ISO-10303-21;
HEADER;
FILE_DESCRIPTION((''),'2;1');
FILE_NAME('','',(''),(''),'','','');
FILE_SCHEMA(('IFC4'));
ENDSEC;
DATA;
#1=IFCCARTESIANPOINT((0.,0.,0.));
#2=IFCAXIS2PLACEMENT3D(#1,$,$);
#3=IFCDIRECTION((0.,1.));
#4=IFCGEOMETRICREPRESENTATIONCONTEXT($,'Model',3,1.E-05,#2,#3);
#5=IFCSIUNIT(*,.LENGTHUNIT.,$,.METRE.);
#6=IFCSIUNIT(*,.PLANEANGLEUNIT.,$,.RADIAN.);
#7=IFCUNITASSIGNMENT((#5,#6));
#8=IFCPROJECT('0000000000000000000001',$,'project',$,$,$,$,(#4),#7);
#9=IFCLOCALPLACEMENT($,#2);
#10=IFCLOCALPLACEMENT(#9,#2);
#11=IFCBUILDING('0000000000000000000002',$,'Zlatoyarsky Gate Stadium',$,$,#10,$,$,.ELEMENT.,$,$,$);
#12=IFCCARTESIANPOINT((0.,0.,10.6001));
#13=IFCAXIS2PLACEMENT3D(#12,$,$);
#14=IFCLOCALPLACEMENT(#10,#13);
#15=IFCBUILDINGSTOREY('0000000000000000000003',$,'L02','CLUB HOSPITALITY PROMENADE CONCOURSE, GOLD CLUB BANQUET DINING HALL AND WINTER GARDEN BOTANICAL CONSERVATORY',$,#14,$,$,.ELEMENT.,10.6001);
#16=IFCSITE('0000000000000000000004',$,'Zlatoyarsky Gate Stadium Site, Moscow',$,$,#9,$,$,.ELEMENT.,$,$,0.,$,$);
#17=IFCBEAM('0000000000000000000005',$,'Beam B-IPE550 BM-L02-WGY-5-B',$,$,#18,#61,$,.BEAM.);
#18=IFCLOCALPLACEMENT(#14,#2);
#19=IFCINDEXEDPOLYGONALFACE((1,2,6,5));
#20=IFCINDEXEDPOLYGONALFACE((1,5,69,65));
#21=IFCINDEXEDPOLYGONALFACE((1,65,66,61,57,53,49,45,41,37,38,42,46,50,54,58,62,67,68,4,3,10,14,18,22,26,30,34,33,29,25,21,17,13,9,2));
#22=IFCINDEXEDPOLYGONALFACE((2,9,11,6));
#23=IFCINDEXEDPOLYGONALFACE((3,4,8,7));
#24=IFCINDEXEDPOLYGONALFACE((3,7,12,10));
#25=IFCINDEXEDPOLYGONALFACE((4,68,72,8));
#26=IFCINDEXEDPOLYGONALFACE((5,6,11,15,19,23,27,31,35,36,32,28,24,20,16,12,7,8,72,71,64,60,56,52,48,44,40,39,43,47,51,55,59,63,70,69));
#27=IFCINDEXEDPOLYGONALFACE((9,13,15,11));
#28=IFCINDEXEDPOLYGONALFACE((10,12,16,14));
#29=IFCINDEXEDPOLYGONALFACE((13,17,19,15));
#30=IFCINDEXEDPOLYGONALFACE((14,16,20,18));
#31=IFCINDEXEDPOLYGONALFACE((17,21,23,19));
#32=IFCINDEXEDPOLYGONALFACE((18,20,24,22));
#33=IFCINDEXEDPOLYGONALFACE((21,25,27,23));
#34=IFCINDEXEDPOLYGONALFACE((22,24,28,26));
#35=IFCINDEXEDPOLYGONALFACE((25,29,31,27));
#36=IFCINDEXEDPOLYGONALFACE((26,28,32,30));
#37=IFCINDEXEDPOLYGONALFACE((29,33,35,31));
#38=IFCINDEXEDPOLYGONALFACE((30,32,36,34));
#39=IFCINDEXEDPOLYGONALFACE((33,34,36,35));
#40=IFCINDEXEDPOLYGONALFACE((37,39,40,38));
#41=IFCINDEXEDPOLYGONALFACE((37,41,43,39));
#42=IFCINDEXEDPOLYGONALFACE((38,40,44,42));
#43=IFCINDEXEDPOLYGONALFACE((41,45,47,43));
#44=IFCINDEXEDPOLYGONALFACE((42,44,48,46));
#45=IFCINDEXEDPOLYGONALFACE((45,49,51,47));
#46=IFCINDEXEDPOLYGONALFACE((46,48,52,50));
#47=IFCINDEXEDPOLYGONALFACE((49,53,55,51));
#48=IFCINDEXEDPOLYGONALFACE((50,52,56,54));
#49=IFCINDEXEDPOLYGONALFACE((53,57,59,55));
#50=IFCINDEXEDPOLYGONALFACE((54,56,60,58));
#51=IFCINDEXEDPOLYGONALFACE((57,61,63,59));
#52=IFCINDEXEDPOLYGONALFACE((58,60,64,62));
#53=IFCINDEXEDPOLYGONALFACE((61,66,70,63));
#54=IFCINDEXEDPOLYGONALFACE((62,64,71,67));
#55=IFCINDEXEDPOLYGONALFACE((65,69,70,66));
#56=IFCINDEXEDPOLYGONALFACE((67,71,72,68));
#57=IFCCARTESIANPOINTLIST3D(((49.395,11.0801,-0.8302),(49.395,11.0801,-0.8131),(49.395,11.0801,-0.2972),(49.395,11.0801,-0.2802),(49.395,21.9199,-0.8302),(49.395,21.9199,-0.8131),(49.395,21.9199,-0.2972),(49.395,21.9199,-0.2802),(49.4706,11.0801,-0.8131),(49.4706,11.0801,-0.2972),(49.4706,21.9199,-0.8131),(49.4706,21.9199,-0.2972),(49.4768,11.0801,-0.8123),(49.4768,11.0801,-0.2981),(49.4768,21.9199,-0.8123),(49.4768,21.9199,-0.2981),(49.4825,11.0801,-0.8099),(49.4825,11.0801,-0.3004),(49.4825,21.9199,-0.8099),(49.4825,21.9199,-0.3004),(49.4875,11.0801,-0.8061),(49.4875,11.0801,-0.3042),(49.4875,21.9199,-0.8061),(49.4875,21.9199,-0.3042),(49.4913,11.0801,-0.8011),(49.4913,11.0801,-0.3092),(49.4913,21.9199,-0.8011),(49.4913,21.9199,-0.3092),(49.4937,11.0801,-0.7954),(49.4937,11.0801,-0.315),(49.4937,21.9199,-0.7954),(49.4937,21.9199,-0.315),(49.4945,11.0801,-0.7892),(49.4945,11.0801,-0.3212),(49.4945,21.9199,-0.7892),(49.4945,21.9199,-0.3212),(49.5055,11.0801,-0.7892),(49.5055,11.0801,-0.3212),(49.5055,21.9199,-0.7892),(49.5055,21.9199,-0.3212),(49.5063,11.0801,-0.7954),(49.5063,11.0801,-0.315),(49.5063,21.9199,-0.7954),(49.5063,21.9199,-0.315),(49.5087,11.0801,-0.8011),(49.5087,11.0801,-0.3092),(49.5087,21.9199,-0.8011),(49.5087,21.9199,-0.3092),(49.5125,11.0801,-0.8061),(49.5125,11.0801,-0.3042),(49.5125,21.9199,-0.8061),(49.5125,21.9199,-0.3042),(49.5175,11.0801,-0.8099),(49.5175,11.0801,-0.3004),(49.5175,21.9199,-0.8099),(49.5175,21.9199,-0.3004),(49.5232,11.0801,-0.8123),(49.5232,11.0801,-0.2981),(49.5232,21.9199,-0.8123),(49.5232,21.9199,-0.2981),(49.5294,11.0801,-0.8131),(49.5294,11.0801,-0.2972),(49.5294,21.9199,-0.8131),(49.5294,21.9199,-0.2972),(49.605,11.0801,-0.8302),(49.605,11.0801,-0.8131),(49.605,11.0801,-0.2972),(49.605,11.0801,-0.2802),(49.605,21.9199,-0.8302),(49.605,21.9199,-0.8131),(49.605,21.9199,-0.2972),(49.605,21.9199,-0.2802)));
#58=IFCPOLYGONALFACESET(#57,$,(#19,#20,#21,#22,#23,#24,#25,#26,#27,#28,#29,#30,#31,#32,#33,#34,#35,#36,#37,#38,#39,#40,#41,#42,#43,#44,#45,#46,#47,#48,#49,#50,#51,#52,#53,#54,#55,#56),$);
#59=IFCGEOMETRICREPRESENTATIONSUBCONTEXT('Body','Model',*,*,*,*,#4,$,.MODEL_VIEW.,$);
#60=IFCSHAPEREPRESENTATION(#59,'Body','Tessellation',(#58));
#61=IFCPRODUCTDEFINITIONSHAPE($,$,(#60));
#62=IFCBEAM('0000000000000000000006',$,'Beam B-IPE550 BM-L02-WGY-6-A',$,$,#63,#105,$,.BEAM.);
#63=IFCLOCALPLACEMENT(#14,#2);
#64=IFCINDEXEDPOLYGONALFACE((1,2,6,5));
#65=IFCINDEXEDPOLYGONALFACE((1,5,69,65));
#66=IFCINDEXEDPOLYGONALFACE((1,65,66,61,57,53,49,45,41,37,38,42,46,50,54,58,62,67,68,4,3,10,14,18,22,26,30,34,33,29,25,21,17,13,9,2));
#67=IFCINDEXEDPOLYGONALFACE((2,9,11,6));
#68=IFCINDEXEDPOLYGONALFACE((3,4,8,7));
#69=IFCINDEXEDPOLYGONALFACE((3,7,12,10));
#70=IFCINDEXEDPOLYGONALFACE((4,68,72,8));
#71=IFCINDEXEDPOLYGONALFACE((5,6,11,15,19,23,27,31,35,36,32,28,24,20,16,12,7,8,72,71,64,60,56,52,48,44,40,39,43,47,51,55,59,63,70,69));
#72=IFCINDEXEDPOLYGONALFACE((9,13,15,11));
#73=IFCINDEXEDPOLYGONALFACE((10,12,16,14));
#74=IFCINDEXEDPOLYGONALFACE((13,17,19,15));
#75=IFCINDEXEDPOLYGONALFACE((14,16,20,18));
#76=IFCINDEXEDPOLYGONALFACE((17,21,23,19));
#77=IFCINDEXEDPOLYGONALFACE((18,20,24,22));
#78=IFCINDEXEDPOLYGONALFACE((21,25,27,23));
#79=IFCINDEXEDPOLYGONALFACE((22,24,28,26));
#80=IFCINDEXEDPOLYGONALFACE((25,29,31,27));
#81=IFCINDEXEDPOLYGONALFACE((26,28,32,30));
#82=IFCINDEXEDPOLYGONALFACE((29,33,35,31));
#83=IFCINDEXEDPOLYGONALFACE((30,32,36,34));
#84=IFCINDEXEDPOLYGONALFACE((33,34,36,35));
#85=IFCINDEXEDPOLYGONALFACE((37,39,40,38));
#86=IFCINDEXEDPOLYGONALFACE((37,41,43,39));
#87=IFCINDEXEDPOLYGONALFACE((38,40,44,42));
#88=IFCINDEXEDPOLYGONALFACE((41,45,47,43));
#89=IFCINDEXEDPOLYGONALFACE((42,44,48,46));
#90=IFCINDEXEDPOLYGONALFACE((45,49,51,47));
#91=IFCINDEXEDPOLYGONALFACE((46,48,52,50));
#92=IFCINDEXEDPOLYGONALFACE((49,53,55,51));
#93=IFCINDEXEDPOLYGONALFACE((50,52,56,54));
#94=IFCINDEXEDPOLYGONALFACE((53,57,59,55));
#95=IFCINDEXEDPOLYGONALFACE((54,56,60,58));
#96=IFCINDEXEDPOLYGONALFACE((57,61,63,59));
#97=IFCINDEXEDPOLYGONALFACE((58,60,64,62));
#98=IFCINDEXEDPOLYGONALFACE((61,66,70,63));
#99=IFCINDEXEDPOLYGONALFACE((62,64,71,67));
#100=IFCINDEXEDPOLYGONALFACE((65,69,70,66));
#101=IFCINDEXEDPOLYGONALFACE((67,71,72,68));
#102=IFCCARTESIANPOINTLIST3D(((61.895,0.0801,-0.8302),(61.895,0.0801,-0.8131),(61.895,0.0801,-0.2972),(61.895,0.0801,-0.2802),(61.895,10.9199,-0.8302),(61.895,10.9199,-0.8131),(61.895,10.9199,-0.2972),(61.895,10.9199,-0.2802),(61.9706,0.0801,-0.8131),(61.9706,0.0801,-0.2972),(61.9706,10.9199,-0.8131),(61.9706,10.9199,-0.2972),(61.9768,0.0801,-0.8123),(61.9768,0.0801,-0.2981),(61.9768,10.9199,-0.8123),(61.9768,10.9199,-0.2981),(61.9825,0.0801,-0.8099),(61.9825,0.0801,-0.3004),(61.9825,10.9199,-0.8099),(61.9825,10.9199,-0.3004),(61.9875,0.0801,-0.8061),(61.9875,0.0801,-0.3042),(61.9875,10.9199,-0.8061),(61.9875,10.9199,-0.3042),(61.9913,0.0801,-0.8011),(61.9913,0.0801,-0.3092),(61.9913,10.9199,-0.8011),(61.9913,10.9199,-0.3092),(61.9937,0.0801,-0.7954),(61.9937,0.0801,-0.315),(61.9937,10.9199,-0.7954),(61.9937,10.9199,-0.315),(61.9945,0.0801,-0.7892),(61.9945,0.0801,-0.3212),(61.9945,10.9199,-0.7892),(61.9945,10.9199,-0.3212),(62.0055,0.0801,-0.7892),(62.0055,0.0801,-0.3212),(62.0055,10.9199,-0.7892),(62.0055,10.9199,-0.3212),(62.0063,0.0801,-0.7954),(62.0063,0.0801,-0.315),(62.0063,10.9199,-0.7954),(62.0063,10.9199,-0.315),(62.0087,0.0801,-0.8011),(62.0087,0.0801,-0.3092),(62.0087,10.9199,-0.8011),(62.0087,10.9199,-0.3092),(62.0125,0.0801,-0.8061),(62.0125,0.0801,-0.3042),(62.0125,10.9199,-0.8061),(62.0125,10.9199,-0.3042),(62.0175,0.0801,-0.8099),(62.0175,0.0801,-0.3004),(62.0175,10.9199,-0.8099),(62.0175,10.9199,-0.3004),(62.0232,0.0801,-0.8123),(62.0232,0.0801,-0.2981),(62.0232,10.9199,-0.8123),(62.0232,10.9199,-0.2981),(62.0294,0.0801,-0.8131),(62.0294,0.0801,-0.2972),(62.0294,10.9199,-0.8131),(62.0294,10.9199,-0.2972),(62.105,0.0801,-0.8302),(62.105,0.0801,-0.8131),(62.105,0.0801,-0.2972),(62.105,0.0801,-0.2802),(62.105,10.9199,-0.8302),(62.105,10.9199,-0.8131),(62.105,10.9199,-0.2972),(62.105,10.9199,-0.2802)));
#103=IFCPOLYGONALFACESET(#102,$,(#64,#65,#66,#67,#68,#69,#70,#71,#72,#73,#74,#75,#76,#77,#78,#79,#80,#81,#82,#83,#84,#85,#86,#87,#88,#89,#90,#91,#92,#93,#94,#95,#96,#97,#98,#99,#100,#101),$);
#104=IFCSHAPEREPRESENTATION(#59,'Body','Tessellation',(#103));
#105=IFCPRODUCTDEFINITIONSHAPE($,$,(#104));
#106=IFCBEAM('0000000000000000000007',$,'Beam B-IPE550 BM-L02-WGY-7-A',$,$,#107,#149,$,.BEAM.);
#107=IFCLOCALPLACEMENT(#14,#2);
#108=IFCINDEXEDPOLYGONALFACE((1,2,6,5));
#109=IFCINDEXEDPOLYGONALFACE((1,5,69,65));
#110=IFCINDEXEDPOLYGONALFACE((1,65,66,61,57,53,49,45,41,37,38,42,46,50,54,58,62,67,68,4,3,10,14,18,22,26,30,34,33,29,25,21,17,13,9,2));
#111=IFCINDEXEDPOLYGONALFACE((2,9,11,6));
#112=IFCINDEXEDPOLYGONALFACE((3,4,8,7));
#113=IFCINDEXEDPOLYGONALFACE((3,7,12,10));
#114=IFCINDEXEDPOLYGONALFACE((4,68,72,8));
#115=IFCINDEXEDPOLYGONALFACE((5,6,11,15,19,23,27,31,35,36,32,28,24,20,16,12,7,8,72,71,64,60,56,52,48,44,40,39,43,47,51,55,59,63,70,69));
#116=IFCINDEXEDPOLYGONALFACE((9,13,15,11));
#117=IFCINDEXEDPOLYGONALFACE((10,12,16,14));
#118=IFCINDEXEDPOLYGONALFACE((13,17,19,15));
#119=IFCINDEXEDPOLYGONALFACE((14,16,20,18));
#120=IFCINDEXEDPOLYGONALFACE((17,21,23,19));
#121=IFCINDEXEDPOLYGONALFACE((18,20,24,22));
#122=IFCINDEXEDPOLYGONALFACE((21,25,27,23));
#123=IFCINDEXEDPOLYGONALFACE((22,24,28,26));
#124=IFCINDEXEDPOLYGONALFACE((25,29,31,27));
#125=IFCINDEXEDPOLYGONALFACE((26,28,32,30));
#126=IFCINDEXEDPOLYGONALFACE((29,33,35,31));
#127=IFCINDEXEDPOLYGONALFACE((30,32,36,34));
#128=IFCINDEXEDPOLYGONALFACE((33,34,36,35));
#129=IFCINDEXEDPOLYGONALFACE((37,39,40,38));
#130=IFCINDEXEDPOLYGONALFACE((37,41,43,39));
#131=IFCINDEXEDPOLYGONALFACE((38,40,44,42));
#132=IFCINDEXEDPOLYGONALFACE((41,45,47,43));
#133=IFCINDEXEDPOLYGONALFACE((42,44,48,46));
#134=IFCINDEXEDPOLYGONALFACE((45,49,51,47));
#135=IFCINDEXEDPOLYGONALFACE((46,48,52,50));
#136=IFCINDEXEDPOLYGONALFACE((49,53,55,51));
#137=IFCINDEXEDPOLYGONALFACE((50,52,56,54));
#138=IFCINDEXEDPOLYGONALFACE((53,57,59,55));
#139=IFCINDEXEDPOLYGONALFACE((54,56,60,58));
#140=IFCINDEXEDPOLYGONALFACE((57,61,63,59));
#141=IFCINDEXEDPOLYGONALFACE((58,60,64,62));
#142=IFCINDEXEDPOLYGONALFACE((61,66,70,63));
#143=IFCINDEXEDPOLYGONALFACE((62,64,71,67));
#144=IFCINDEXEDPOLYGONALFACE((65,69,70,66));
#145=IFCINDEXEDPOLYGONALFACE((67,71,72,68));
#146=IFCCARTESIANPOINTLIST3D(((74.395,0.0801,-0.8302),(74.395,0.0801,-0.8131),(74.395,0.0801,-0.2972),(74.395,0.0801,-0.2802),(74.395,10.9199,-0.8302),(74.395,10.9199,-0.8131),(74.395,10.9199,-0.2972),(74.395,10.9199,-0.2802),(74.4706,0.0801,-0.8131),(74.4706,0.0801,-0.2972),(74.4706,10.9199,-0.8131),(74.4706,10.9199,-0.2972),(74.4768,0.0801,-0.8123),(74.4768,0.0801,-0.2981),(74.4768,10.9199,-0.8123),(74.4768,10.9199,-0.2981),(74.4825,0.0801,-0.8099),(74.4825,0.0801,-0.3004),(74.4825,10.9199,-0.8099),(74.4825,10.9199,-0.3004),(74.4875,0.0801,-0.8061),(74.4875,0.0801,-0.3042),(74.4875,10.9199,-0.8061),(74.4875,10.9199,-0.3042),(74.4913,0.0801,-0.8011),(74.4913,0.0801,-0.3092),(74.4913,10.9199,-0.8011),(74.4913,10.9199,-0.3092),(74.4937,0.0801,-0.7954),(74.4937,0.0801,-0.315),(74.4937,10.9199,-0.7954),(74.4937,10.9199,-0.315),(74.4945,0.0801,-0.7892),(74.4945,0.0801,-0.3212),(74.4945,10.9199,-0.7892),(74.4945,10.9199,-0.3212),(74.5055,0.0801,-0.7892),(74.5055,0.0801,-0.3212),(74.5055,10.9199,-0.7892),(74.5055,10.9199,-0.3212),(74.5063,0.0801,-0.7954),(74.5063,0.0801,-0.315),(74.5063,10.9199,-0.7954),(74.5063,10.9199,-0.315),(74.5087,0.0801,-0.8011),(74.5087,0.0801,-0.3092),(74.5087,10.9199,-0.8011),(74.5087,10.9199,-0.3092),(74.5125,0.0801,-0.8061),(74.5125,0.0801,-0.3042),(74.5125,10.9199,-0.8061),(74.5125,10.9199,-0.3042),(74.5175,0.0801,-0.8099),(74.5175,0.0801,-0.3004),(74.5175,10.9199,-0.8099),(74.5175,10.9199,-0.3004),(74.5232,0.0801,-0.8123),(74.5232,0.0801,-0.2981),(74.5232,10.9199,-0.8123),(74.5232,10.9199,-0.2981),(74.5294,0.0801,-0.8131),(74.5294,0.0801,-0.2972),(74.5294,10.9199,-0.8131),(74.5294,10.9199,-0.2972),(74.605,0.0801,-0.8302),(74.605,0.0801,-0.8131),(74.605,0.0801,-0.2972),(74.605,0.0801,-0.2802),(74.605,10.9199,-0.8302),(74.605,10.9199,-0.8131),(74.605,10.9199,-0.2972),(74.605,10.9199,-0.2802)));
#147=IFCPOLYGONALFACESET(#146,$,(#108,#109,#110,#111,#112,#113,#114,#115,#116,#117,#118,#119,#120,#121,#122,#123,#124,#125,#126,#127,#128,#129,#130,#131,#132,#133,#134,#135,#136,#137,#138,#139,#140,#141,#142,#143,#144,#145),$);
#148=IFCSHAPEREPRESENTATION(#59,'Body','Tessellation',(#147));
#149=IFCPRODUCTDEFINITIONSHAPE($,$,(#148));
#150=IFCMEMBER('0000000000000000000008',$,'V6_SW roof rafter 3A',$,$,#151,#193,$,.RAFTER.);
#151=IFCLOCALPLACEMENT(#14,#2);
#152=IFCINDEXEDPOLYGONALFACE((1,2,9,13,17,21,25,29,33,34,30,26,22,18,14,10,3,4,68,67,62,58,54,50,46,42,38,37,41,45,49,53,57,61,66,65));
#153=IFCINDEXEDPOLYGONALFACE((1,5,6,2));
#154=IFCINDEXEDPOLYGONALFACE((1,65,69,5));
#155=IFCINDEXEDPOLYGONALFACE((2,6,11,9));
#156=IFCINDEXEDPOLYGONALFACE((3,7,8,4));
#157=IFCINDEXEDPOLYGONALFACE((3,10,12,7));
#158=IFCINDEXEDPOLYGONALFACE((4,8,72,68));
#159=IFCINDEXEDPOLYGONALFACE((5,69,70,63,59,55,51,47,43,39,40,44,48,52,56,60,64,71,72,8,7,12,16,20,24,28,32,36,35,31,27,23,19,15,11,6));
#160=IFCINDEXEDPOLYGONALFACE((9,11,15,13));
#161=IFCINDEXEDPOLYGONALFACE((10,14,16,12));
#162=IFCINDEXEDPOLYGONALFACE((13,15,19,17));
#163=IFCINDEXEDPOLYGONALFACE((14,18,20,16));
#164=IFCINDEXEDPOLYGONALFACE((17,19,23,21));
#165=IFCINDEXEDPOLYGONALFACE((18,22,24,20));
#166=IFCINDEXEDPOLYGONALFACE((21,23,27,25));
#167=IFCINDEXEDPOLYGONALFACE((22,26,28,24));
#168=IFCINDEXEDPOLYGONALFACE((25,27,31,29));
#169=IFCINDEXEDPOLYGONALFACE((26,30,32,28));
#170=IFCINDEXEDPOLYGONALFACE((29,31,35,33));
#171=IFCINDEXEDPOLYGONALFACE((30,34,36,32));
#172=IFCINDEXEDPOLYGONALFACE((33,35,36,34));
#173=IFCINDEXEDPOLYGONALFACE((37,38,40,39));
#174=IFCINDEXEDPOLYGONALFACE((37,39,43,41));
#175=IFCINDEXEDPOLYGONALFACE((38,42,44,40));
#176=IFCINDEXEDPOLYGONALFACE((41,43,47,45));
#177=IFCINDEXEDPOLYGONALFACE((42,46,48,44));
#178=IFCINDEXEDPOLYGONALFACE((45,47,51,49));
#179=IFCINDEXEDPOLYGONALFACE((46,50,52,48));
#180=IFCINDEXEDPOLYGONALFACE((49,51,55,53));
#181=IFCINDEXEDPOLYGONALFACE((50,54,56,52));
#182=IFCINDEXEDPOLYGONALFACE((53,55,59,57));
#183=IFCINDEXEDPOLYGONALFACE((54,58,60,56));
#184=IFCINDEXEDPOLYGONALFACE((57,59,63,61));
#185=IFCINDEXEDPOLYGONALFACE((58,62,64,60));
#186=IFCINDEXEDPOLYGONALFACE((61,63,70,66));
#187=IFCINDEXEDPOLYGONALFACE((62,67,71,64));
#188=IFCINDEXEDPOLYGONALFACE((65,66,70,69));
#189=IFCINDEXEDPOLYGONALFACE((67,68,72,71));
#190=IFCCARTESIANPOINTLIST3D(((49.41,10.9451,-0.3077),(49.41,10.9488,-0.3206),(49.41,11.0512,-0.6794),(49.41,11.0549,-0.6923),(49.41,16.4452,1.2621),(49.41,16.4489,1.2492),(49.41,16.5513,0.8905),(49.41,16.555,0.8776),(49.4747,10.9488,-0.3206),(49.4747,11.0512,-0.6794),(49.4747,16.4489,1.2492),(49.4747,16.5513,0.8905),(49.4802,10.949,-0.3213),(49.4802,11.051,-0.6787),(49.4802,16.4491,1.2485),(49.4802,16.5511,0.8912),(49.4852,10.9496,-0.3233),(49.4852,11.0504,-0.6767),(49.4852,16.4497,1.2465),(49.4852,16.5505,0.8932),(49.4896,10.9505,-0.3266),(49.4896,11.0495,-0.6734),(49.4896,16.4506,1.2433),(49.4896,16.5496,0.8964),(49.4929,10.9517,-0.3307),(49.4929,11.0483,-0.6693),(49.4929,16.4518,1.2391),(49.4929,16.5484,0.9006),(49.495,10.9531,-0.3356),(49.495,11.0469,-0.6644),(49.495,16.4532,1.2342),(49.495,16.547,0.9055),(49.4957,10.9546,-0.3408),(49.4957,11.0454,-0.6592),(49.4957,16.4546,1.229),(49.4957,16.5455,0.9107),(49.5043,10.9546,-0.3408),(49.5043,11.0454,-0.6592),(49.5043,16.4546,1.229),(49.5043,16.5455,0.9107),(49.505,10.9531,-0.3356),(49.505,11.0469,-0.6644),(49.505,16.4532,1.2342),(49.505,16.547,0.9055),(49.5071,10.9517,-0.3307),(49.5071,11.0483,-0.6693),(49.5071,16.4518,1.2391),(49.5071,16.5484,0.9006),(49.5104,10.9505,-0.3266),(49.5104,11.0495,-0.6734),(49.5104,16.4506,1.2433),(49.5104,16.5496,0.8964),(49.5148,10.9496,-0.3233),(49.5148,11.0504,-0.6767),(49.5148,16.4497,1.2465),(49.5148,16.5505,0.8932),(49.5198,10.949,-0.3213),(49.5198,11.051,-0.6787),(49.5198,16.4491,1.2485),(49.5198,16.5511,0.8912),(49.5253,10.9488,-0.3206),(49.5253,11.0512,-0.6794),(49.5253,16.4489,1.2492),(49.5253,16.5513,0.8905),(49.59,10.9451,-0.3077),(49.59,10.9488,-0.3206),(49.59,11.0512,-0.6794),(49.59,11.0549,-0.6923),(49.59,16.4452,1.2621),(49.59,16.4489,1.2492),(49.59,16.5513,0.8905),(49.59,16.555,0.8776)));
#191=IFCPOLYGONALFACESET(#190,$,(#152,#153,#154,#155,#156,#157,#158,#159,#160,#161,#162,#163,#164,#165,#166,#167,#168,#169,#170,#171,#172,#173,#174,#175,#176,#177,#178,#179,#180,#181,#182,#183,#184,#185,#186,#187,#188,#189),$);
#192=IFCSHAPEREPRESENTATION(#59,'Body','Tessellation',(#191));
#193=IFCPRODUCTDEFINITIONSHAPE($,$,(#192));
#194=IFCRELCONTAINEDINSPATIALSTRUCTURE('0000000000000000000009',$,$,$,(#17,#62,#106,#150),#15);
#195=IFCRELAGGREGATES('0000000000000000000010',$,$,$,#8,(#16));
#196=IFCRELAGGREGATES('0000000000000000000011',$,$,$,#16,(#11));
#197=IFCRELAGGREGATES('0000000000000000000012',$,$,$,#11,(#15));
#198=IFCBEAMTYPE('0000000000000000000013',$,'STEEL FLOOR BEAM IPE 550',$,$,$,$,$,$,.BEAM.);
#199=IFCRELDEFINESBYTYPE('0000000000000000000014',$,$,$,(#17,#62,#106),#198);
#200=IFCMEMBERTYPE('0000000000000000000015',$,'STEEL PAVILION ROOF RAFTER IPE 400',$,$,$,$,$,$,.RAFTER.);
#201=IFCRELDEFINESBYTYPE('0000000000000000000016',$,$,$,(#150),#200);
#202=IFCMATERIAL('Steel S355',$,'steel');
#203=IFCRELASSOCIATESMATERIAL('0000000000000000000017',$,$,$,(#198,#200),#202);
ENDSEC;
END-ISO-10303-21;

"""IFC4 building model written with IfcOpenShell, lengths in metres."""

from ifc_helpers import new_model, si_unit, direction, frame, origin, origin_2d, place, context, subcontext, project, spatial, i_section, extrude, material, material_profile, profile_set, type_object, element, save


model = new_model("IFC4")

# Units and contexts
model_context = context("Model", 3, precision=1e-05, world=origin(), true_north=direction((0.0, 1.0)))
body_context = subcontext(model_context, "Body", "Model", "MODEL_VIEW")
ifc_project = project(units=[si_unit("LENGTHUNIT", "METRE"), si_unit("PLANEANGLEUNIT", "RADIAN")], contexts=[model_context])

# Site, building, storey
site_placement = place(None, origin())
site = spatial("IfcSite", under=ifc_project, at=site_placement, Name="Zlatoyarsky Gate Stadium Site, Moscow", CompositionType="ELEMENT", RefElevation=0.0)
building_placement = place(site_placement, origin())
building = spatial("IfcBuilding", under=site, at=building_placement, Name="Zlatoyarsky Gate Stadium", CompositionType="ELEMENT")
storey_placement = place(building_placement, frame((0.0, 0.0, 10.6001)))
storey = spatial("IfcBuildingStorey", under=building, at=storey_placement, Name="L02", Description="CLUB HOSPITALITY PROMENADE CONCOURSE, GOLD CLUB BANQUET DINING HALL AND WINTER GARDEN BOTANICAL CONSERVATORY", CompositionType="ELEMENT", Elevation=10.6001)

# Shared definitions
ifc_material_1 = material(Name="Steel S355", Category="steel")

# Beams
ifc_material_profile_1 = material_profile(ifc_material_1, i_section(OverallWidth=0.21, OverallDepth=0.55, WebThickness=0.011, FlangeThickness=0.0171, FilletRadius=0.0239, at=origin_2d()), Name="IPE 550")
ifc_profile_set_1 = profile_set([ifc_material_profile_1], Name="Steel S355")
beam_type_1 = type_object("IfcBeamType", Name="STEEL FLOOR BEAM IPE 550", PredefinedType="BEAM", material=ifc_profile_set_1)
for number, where, z_axis, x_axis, name in (
    (1, (49.5, 11.0801, -0.5552), (0.0, 1.0, 0.0), (-1.0, 0.0, 0.0), "Beam B-IPE550 BM-L02-WGY-5-B"),
    (2, (62.0, 0.0801, -0.5552), (0.0, 1.0, 0.0), (-1.0, 0.0, 0.0), "Beam B-IPE550 BM-L02-WGY-6-A"),
    (3, (74.5, 0.0801, -0.5552), (0.0, 1.0, 0.0), (-1.0, 0.0, 0.0), "Beam B-IPE550 BM-L02-WGY-7-A"),
):
    element("IfcBeam", number, at=place(storey_placement, frame(where, z_axis=z_axis, x_axis=x_axis)), inside=storey, type_object=beam_type_1, Name=name, PredefinedType="BEAM", context=body_context, shape_type="SweptSolid", body=[
        extrude(i_section(OverallWidth=0.21, OverallDepth=0.55, WebThickness=0.011, FlangeThickness=0.0171, FilletRadius=0.0239, at=origin_2d()), origin(), (0.0, 0.0, 1.0), 10.8398),
    ])

# Member
ifc_material_profile_2 = material_profile(ifc_material_1, i_section(OverallWidth=0.1799, OverallDepth=0.3999, WebThickness=0.0085, FlangeThickness=0.0134, FilletRadius=0.021, at=origin_2d()), Name="IPE 400")
ifc_profile_set_2 = profile_set([ifc_material_profile_2], Name="Steel S355")
member_type = type_object("IfcMemberType", Name="STEEL PAVILION ROOF RAFTER IPE 400", PredefinedType="RAFTER", material=ifc_profile_set_2)
member_placement = place(storey_placement, frame((49.5, 11.0, -0.5), z_axis=(0.0, 0.961598, 0.274462), x_axis=(-1.0, 0.0, 0.0)))
element("IfcMember", 4, at=member_placement, inside=storey, type_object=member_type, Name="V6_SW roof rafter 3A", PredefinedType="RAFTER", context=body_context, shape_type="SweptSolid", body=[
    extrude(i_section(OverallWidth=0.1799, OverallDepth=0.3999, WebThickness=0.0085, FlangeThickness=0.0134, FilletRadius=0.021, at=origin_2d()), origin(), (0.0, 0.0, 1.0), 5.7197),
])

save(model, "model.ifc")
